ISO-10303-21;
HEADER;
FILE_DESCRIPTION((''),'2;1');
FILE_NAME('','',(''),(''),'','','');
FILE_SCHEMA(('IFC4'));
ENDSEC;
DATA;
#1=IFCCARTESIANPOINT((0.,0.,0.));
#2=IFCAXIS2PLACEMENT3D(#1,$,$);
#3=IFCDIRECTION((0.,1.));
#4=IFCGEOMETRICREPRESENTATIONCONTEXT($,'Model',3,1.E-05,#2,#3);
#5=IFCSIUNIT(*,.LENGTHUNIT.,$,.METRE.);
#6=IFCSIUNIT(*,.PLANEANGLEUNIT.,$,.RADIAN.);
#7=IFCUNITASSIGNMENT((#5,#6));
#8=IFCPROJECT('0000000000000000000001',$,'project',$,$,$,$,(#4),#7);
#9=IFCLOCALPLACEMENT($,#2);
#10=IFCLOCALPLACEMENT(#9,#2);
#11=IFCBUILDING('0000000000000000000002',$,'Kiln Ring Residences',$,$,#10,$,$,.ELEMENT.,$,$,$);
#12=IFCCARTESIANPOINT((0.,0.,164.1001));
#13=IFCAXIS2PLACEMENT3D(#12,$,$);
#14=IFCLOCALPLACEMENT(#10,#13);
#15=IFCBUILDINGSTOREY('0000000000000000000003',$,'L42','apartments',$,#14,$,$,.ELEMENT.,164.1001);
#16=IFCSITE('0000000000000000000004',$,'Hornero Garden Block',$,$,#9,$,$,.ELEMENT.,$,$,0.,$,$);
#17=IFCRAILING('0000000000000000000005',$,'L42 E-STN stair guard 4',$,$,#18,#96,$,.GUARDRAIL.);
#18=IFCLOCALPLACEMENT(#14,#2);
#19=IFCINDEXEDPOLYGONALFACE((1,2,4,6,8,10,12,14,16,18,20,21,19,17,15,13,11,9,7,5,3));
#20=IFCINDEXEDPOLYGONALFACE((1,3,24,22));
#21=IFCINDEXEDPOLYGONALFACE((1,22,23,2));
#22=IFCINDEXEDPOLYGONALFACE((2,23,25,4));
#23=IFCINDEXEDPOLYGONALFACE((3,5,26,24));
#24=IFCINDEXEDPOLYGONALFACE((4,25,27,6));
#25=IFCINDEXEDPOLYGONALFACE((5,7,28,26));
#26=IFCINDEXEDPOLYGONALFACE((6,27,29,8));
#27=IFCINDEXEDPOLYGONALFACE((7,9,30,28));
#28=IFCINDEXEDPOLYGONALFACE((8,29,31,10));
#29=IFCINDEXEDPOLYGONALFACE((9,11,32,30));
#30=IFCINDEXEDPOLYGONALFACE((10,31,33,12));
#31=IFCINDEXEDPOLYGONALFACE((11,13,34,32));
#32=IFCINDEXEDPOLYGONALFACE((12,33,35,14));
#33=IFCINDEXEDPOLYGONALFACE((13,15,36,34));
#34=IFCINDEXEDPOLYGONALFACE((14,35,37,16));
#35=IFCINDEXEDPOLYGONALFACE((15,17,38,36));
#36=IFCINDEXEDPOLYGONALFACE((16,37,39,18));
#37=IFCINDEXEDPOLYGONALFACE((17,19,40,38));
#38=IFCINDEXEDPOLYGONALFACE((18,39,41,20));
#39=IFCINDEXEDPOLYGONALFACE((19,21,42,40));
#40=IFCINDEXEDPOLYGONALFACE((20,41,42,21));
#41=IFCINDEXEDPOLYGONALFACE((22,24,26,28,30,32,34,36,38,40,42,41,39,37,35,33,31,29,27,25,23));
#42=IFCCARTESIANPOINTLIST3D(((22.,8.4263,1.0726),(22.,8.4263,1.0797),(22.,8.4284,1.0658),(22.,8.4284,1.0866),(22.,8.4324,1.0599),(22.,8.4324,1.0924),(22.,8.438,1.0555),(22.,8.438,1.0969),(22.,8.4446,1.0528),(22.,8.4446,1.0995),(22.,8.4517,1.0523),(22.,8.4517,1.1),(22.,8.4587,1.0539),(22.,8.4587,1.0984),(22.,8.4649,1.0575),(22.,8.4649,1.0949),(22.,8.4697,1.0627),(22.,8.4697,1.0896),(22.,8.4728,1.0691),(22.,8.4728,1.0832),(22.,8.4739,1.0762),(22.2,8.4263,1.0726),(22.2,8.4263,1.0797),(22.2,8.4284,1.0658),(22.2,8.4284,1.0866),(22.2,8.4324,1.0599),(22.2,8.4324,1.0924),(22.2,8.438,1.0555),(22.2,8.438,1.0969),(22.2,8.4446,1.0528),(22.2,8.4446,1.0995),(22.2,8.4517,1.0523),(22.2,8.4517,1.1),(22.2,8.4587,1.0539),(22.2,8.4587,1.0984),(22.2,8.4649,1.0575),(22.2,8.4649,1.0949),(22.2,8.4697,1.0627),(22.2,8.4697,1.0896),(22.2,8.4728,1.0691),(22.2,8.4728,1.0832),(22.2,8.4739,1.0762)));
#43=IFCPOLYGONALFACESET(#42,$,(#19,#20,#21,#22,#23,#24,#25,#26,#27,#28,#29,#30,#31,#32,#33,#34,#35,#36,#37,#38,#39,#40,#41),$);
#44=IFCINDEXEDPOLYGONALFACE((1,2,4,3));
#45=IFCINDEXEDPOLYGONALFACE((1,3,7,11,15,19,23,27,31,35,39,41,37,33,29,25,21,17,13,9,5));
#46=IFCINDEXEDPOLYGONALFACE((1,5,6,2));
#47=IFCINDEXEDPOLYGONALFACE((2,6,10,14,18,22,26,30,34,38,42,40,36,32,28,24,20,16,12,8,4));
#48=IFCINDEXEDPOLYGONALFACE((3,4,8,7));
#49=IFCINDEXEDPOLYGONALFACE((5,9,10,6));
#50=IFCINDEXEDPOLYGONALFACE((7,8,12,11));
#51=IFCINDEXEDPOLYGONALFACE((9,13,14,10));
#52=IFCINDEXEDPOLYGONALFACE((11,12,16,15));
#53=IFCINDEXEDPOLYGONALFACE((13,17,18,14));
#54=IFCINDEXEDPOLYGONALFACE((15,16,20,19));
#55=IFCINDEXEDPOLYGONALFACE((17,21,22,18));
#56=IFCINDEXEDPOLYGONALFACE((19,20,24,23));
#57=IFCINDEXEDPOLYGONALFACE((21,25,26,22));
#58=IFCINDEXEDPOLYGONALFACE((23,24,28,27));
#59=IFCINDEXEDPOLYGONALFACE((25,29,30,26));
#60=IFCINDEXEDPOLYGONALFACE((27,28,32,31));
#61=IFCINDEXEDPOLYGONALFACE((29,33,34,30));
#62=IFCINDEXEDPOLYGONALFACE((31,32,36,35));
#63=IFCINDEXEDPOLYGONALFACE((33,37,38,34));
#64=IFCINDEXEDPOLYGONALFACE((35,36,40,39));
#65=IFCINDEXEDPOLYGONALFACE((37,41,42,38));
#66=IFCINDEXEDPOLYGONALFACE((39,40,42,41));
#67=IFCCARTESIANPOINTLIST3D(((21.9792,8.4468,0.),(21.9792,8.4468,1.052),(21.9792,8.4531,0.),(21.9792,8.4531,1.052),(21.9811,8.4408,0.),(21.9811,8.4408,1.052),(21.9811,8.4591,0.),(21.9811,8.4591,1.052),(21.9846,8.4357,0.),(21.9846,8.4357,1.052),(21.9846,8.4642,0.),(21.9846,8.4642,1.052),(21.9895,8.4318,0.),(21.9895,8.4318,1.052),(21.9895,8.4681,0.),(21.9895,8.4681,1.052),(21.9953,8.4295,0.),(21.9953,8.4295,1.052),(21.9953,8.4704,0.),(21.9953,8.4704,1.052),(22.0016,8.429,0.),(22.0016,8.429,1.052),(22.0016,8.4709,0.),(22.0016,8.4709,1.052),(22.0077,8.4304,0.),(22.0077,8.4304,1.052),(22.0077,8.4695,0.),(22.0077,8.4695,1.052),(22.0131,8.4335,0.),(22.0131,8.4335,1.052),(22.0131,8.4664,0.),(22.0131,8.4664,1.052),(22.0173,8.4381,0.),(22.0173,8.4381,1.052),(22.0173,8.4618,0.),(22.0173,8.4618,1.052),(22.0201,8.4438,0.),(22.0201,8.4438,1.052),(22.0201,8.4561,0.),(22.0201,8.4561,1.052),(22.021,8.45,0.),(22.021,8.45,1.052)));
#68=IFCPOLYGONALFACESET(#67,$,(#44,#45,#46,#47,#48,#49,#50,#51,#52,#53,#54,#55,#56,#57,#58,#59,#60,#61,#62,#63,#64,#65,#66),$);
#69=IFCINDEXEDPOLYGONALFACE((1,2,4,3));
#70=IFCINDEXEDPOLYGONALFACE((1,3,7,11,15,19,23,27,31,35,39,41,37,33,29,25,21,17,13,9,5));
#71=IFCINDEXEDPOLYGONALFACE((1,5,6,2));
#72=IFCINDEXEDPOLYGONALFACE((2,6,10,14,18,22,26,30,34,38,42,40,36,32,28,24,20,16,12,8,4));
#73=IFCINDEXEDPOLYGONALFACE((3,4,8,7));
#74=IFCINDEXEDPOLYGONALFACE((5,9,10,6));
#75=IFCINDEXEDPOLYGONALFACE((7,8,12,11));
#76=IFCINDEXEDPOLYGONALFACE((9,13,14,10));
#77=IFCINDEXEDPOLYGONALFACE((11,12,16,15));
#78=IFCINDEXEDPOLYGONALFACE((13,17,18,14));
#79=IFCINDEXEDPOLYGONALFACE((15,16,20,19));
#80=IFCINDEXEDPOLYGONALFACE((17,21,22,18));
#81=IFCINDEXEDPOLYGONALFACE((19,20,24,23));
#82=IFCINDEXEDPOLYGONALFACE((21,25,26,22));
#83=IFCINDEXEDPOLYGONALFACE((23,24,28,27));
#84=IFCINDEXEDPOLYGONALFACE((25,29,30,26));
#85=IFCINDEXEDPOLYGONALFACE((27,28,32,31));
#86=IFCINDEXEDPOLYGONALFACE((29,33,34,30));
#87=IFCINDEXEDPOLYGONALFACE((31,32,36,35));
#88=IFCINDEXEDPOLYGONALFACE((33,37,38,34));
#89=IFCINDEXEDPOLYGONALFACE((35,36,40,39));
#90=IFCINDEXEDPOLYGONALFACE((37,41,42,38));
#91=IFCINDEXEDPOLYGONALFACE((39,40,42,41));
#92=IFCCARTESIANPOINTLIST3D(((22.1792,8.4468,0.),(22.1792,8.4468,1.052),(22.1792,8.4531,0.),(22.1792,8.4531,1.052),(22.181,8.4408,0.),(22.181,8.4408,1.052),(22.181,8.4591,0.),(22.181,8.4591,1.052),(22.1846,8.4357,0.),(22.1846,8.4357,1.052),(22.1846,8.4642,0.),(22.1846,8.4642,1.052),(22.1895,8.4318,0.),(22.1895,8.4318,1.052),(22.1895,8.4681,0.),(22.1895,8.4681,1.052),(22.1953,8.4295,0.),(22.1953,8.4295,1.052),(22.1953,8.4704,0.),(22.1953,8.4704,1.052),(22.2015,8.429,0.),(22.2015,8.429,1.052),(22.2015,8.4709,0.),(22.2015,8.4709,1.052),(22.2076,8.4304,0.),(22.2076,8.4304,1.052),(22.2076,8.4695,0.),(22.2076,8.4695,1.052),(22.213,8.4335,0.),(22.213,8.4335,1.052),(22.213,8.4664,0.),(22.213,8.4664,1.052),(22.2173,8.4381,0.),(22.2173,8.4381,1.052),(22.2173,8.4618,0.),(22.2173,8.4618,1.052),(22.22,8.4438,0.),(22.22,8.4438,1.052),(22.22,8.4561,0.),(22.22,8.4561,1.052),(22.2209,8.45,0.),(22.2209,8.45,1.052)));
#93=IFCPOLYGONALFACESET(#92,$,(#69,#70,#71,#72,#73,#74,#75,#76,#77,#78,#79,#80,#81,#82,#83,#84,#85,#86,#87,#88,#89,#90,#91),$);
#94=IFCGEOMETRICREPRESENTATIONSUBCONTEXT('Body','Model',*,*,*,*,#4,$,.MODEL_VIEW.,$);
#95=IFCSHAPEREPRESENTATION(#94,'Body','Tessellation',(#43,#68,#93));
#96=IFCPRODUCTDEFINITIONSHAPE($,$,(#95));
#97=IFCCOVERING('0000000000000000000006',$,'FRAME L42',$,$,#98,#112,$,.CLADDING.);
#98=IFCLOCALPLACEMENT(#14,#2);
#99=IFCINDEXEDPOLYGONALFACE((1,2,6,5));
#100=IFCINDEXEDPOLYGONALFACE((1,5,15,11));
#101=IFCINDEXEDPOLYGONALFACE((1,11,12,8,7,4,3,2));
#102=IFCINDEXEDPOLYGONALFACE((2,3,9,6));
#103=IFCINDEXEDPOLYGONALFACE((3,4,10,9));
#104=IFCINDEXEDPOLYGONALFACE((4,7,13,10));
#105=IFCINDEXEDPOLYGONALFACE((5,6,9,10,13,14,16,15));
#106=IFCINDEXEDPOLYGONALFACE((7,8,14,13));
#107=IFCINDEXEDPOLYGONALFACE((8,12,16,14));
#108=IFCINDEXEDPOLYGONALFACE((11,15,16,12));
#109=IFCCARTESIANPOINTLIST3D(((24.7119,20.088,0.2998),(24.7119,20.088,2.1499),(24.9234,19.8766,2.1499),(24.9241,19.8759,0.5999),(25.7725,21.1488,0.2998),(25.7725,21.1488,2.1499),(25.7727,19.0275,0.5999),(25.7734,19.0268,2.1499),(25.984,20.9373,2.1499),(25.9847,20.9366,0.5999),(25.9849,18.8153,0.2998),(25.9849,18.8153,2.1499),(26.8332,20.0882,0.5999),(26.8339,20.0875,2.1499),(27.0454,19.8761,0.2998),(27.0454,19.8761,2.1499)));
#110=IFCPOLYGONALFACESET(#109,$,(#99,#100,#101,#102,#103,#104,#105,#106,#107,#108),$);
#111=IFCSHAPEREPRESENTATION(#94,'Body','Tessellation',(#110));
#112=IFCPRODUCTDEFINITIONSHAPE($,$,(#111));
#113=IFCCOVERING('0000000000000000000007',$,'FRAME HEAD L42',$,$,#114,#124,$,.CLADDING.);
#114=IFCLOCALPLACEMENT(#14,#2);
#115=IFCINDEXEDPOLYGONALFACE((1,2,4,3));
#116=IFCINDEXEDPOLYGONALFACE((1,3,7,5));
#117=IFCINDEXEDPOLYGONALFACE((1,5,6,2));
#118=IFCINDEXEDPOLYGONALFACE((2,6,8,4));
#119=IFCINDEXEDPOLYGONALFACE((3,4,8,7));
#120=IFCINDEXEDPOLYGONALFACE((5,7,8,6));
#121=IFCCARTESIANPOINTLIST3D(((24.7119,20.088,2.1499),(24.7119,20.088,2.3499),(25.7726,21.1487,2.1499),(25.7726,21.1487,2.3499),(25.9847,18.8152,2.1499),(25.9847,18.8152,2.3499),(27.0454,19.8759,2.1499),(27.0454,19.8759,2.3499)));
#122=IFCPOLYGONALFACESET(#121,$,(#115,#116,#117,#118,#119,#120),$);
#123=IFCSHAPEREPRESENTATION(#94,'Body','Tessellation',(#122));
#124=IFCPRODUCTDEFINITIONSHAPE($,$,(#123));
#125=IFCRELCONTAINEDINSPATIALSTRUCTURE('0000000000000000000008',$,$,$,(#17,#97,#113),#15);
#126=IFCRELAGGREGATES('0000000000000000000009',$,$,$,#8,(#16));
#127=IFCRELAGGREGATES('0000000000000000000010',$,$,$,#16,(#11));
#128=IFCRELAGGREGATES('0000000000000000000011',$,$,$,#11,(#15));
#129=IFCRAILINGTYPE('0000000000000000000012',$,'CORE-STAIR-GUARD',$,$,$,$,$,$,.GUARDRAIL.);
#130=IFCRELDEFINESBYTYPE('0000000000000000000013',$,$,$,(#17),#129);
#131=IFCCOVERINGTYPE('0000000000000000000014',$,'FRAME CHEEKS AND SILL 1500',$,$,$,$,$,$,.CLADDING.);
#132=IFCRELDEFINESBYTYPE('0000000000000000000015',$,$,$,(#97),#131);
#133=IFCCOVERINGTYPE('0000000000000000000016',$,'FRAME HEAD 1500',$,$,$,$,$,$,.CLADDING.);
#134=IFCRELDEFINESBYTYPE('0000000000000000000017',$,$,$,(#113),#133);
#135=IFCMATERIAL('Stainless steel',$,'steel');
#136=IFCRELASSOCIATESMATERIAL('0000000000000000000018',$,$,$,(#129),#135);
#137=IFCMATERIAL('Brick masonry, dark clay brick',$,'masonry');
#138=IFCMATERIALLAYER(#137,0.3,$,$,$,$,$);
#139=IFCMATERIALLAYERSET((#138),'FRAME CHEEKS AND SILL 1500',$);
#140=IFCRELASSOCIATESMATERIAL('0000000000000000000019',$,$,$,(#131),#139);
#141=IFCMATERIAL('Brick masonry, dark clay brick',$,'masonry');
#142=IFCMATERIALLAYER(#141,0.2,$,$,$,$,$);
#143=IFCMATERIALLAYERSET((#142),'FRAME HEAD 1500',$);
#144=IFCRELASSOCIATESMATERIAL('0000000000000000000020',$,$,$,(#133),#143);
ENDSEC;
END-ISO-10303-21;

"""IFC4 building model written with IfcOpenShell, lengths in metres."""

from ifc_helpers import new_model, si_unit, direction, frame, origin, origin_2d, place, context, subcontext, project, spatial, polyline, rectangle, circle, outline, extrude, material, layer, layer_set, type_object, element, save


model = new_model("IFC4")

# Units and contexts
model_context = context("Model", 3, precision=1e-05, world=origin(), true_north=direction((0.0, 1.0)))
body_context = subcontext(model_context, "Body", "Model", "MODEL_VIEW")
ifc_project = project(units=[si_unit("LENGTHUNIT", "METRE"), si_unit("PLANEANGLEUNIT", "RADIAN")], contexts=[model_context])

# Site, building, storey
site_placement = place(None, origin())
site = spatial("IfcSite", under=ifc_project, at=site_placement, Name="Hornero Garden Block", CompositionType="ELEMENT", RefElevation=0.0)
building_placement = place(site_placement, origin())
building = spatial("IfcBuilding", under=site, at=building_placement, Name="Kiln Ring Residences", CompositionType="ELEMENT")
storey_placement = place(building_placement, frame((0.0, 0.0, 164.1001)))
storey = spatial("IfcBuildingStorey", under=building, at=storey_placement, Name="L42", Description="apartments", CompositionType="ELEMENT", Elevation=164.1001)

# Railing
ifc_material_1 = material(Name="Stainless steel", Category="steel")
railing_type = type_object("IfcRailingType", Name="CORE-STAIR-GUARD", PredefinedType="GUARDRAIL", material=ifc_material_1)
railing_1_placement = place(storey_placement, frame((22.0, 8.45, 0.0)))
element("IfcRailing", 1, at=railing_1_placement, inside=storey, type_object=railing_type, Name="L42 E-STN stair guard 4", PredefinedType="GUARDRAIL", context=body_context, shape_type="SweptSolid", body=[
    extrude(circle(Radius=0.0239, at=origin_2d()), frame((0.0, 0.0, 1.0762), z_axis=(1.0, 0.0, 0.0), x_axis=(0.0, 1.0, 0.0)), (0.0, 0.0, 1.0), 0.2),
    extrude(circle(Radius=0.021, at=origin_2d()), origin(), (0.0, 0.0, 1.0), 1.052),
    extrude(circle(Radius=0.021, at=origin_2d()), frame((0.2, 0.0, 0.0)), (0.0, 0.0, 1.0), 1.052),
])

# Coverings
ifc_material_2 = material(Name="Brick masonry, dark clay brick", Category="masonry")
ifc_layer_1 = layer(ifc_material_2, 0.3)
ifc_layer_set_1 = layer_set([ifc_layer_1], Name="FRAME CHEEKS AND SILL 1500")
covering_type_1 = type_object("IfcCoveringType", Name="FRAME CHEEKS AND SILL 1500", PredefinedType="CLADDING", material=ifc_layer_set_1)
covering_1_placement = place(storey_placement, frame((26.5151, 19.3457, 0.2998), z_axis=(0.0, 0.0, 1.0), x_axis=(-0.707175, 0.707039, 0.0)))
element("IfcCovering", 2, at=covering_1_placement, inside=storey, type_object=covering_type_1, Name="FRAME L42", PredefinedType="CLADDING", context=body_context, shape_type="SweptSolid", body=[
    extrude(outline(polyline([(0.0, 0.0), (1.8, 0.0), (1.8, 1.8501), (1.501, 1.8501), (1.5, 0.3), (0.3, 0.3), (0.2991, 1.8501), (0.0, 1.8501), (0.0, 0.0)])), frame((0.0, 0.75, 0.0), z_axis=(0.0, -1.0, 0.0), x_axis=(1.0, 0.0, 0.0)), (0.0, 0.0, 1.0), 1.5),
])
ifc_material_3 = material(Name="Brick masonry, dark clay brick", Category="masonry")
ifc_layer_2 = layer(ifc_material_3, 0.2)
ifc_layer_set_2 = layer_set([ifc_layer_2], Name="FRAME HEAD 1500")
covering_type_2 = type_object("IfcCoveringType", Name="FRAME HEAD 1500", PredefinedType="CLADDING", material=ifc_layer_set_2)
covering_2_placement = place(storey_placement, frame((25.8787, 19.9819, 2.1499), z_axis=(0.0, 0.0, 1.0), x_axis=(-0.707107, 0.707107, 0.0)))
element("IfcCovering", 3, at=covering_2_placement, inside=storey, type_object=covering_type_2, Name="FRAME HEAD L42", PredefinedType="CLADDING", context=body_context, shape_type="SweptSolid", body=[
    extrude(rectangle(XDim=1.8, YDim=1.5, at=origin_2d()), origin(), (0.0, 0.0, 1.0), 0.2),
])

save(model, "model.ifc")
